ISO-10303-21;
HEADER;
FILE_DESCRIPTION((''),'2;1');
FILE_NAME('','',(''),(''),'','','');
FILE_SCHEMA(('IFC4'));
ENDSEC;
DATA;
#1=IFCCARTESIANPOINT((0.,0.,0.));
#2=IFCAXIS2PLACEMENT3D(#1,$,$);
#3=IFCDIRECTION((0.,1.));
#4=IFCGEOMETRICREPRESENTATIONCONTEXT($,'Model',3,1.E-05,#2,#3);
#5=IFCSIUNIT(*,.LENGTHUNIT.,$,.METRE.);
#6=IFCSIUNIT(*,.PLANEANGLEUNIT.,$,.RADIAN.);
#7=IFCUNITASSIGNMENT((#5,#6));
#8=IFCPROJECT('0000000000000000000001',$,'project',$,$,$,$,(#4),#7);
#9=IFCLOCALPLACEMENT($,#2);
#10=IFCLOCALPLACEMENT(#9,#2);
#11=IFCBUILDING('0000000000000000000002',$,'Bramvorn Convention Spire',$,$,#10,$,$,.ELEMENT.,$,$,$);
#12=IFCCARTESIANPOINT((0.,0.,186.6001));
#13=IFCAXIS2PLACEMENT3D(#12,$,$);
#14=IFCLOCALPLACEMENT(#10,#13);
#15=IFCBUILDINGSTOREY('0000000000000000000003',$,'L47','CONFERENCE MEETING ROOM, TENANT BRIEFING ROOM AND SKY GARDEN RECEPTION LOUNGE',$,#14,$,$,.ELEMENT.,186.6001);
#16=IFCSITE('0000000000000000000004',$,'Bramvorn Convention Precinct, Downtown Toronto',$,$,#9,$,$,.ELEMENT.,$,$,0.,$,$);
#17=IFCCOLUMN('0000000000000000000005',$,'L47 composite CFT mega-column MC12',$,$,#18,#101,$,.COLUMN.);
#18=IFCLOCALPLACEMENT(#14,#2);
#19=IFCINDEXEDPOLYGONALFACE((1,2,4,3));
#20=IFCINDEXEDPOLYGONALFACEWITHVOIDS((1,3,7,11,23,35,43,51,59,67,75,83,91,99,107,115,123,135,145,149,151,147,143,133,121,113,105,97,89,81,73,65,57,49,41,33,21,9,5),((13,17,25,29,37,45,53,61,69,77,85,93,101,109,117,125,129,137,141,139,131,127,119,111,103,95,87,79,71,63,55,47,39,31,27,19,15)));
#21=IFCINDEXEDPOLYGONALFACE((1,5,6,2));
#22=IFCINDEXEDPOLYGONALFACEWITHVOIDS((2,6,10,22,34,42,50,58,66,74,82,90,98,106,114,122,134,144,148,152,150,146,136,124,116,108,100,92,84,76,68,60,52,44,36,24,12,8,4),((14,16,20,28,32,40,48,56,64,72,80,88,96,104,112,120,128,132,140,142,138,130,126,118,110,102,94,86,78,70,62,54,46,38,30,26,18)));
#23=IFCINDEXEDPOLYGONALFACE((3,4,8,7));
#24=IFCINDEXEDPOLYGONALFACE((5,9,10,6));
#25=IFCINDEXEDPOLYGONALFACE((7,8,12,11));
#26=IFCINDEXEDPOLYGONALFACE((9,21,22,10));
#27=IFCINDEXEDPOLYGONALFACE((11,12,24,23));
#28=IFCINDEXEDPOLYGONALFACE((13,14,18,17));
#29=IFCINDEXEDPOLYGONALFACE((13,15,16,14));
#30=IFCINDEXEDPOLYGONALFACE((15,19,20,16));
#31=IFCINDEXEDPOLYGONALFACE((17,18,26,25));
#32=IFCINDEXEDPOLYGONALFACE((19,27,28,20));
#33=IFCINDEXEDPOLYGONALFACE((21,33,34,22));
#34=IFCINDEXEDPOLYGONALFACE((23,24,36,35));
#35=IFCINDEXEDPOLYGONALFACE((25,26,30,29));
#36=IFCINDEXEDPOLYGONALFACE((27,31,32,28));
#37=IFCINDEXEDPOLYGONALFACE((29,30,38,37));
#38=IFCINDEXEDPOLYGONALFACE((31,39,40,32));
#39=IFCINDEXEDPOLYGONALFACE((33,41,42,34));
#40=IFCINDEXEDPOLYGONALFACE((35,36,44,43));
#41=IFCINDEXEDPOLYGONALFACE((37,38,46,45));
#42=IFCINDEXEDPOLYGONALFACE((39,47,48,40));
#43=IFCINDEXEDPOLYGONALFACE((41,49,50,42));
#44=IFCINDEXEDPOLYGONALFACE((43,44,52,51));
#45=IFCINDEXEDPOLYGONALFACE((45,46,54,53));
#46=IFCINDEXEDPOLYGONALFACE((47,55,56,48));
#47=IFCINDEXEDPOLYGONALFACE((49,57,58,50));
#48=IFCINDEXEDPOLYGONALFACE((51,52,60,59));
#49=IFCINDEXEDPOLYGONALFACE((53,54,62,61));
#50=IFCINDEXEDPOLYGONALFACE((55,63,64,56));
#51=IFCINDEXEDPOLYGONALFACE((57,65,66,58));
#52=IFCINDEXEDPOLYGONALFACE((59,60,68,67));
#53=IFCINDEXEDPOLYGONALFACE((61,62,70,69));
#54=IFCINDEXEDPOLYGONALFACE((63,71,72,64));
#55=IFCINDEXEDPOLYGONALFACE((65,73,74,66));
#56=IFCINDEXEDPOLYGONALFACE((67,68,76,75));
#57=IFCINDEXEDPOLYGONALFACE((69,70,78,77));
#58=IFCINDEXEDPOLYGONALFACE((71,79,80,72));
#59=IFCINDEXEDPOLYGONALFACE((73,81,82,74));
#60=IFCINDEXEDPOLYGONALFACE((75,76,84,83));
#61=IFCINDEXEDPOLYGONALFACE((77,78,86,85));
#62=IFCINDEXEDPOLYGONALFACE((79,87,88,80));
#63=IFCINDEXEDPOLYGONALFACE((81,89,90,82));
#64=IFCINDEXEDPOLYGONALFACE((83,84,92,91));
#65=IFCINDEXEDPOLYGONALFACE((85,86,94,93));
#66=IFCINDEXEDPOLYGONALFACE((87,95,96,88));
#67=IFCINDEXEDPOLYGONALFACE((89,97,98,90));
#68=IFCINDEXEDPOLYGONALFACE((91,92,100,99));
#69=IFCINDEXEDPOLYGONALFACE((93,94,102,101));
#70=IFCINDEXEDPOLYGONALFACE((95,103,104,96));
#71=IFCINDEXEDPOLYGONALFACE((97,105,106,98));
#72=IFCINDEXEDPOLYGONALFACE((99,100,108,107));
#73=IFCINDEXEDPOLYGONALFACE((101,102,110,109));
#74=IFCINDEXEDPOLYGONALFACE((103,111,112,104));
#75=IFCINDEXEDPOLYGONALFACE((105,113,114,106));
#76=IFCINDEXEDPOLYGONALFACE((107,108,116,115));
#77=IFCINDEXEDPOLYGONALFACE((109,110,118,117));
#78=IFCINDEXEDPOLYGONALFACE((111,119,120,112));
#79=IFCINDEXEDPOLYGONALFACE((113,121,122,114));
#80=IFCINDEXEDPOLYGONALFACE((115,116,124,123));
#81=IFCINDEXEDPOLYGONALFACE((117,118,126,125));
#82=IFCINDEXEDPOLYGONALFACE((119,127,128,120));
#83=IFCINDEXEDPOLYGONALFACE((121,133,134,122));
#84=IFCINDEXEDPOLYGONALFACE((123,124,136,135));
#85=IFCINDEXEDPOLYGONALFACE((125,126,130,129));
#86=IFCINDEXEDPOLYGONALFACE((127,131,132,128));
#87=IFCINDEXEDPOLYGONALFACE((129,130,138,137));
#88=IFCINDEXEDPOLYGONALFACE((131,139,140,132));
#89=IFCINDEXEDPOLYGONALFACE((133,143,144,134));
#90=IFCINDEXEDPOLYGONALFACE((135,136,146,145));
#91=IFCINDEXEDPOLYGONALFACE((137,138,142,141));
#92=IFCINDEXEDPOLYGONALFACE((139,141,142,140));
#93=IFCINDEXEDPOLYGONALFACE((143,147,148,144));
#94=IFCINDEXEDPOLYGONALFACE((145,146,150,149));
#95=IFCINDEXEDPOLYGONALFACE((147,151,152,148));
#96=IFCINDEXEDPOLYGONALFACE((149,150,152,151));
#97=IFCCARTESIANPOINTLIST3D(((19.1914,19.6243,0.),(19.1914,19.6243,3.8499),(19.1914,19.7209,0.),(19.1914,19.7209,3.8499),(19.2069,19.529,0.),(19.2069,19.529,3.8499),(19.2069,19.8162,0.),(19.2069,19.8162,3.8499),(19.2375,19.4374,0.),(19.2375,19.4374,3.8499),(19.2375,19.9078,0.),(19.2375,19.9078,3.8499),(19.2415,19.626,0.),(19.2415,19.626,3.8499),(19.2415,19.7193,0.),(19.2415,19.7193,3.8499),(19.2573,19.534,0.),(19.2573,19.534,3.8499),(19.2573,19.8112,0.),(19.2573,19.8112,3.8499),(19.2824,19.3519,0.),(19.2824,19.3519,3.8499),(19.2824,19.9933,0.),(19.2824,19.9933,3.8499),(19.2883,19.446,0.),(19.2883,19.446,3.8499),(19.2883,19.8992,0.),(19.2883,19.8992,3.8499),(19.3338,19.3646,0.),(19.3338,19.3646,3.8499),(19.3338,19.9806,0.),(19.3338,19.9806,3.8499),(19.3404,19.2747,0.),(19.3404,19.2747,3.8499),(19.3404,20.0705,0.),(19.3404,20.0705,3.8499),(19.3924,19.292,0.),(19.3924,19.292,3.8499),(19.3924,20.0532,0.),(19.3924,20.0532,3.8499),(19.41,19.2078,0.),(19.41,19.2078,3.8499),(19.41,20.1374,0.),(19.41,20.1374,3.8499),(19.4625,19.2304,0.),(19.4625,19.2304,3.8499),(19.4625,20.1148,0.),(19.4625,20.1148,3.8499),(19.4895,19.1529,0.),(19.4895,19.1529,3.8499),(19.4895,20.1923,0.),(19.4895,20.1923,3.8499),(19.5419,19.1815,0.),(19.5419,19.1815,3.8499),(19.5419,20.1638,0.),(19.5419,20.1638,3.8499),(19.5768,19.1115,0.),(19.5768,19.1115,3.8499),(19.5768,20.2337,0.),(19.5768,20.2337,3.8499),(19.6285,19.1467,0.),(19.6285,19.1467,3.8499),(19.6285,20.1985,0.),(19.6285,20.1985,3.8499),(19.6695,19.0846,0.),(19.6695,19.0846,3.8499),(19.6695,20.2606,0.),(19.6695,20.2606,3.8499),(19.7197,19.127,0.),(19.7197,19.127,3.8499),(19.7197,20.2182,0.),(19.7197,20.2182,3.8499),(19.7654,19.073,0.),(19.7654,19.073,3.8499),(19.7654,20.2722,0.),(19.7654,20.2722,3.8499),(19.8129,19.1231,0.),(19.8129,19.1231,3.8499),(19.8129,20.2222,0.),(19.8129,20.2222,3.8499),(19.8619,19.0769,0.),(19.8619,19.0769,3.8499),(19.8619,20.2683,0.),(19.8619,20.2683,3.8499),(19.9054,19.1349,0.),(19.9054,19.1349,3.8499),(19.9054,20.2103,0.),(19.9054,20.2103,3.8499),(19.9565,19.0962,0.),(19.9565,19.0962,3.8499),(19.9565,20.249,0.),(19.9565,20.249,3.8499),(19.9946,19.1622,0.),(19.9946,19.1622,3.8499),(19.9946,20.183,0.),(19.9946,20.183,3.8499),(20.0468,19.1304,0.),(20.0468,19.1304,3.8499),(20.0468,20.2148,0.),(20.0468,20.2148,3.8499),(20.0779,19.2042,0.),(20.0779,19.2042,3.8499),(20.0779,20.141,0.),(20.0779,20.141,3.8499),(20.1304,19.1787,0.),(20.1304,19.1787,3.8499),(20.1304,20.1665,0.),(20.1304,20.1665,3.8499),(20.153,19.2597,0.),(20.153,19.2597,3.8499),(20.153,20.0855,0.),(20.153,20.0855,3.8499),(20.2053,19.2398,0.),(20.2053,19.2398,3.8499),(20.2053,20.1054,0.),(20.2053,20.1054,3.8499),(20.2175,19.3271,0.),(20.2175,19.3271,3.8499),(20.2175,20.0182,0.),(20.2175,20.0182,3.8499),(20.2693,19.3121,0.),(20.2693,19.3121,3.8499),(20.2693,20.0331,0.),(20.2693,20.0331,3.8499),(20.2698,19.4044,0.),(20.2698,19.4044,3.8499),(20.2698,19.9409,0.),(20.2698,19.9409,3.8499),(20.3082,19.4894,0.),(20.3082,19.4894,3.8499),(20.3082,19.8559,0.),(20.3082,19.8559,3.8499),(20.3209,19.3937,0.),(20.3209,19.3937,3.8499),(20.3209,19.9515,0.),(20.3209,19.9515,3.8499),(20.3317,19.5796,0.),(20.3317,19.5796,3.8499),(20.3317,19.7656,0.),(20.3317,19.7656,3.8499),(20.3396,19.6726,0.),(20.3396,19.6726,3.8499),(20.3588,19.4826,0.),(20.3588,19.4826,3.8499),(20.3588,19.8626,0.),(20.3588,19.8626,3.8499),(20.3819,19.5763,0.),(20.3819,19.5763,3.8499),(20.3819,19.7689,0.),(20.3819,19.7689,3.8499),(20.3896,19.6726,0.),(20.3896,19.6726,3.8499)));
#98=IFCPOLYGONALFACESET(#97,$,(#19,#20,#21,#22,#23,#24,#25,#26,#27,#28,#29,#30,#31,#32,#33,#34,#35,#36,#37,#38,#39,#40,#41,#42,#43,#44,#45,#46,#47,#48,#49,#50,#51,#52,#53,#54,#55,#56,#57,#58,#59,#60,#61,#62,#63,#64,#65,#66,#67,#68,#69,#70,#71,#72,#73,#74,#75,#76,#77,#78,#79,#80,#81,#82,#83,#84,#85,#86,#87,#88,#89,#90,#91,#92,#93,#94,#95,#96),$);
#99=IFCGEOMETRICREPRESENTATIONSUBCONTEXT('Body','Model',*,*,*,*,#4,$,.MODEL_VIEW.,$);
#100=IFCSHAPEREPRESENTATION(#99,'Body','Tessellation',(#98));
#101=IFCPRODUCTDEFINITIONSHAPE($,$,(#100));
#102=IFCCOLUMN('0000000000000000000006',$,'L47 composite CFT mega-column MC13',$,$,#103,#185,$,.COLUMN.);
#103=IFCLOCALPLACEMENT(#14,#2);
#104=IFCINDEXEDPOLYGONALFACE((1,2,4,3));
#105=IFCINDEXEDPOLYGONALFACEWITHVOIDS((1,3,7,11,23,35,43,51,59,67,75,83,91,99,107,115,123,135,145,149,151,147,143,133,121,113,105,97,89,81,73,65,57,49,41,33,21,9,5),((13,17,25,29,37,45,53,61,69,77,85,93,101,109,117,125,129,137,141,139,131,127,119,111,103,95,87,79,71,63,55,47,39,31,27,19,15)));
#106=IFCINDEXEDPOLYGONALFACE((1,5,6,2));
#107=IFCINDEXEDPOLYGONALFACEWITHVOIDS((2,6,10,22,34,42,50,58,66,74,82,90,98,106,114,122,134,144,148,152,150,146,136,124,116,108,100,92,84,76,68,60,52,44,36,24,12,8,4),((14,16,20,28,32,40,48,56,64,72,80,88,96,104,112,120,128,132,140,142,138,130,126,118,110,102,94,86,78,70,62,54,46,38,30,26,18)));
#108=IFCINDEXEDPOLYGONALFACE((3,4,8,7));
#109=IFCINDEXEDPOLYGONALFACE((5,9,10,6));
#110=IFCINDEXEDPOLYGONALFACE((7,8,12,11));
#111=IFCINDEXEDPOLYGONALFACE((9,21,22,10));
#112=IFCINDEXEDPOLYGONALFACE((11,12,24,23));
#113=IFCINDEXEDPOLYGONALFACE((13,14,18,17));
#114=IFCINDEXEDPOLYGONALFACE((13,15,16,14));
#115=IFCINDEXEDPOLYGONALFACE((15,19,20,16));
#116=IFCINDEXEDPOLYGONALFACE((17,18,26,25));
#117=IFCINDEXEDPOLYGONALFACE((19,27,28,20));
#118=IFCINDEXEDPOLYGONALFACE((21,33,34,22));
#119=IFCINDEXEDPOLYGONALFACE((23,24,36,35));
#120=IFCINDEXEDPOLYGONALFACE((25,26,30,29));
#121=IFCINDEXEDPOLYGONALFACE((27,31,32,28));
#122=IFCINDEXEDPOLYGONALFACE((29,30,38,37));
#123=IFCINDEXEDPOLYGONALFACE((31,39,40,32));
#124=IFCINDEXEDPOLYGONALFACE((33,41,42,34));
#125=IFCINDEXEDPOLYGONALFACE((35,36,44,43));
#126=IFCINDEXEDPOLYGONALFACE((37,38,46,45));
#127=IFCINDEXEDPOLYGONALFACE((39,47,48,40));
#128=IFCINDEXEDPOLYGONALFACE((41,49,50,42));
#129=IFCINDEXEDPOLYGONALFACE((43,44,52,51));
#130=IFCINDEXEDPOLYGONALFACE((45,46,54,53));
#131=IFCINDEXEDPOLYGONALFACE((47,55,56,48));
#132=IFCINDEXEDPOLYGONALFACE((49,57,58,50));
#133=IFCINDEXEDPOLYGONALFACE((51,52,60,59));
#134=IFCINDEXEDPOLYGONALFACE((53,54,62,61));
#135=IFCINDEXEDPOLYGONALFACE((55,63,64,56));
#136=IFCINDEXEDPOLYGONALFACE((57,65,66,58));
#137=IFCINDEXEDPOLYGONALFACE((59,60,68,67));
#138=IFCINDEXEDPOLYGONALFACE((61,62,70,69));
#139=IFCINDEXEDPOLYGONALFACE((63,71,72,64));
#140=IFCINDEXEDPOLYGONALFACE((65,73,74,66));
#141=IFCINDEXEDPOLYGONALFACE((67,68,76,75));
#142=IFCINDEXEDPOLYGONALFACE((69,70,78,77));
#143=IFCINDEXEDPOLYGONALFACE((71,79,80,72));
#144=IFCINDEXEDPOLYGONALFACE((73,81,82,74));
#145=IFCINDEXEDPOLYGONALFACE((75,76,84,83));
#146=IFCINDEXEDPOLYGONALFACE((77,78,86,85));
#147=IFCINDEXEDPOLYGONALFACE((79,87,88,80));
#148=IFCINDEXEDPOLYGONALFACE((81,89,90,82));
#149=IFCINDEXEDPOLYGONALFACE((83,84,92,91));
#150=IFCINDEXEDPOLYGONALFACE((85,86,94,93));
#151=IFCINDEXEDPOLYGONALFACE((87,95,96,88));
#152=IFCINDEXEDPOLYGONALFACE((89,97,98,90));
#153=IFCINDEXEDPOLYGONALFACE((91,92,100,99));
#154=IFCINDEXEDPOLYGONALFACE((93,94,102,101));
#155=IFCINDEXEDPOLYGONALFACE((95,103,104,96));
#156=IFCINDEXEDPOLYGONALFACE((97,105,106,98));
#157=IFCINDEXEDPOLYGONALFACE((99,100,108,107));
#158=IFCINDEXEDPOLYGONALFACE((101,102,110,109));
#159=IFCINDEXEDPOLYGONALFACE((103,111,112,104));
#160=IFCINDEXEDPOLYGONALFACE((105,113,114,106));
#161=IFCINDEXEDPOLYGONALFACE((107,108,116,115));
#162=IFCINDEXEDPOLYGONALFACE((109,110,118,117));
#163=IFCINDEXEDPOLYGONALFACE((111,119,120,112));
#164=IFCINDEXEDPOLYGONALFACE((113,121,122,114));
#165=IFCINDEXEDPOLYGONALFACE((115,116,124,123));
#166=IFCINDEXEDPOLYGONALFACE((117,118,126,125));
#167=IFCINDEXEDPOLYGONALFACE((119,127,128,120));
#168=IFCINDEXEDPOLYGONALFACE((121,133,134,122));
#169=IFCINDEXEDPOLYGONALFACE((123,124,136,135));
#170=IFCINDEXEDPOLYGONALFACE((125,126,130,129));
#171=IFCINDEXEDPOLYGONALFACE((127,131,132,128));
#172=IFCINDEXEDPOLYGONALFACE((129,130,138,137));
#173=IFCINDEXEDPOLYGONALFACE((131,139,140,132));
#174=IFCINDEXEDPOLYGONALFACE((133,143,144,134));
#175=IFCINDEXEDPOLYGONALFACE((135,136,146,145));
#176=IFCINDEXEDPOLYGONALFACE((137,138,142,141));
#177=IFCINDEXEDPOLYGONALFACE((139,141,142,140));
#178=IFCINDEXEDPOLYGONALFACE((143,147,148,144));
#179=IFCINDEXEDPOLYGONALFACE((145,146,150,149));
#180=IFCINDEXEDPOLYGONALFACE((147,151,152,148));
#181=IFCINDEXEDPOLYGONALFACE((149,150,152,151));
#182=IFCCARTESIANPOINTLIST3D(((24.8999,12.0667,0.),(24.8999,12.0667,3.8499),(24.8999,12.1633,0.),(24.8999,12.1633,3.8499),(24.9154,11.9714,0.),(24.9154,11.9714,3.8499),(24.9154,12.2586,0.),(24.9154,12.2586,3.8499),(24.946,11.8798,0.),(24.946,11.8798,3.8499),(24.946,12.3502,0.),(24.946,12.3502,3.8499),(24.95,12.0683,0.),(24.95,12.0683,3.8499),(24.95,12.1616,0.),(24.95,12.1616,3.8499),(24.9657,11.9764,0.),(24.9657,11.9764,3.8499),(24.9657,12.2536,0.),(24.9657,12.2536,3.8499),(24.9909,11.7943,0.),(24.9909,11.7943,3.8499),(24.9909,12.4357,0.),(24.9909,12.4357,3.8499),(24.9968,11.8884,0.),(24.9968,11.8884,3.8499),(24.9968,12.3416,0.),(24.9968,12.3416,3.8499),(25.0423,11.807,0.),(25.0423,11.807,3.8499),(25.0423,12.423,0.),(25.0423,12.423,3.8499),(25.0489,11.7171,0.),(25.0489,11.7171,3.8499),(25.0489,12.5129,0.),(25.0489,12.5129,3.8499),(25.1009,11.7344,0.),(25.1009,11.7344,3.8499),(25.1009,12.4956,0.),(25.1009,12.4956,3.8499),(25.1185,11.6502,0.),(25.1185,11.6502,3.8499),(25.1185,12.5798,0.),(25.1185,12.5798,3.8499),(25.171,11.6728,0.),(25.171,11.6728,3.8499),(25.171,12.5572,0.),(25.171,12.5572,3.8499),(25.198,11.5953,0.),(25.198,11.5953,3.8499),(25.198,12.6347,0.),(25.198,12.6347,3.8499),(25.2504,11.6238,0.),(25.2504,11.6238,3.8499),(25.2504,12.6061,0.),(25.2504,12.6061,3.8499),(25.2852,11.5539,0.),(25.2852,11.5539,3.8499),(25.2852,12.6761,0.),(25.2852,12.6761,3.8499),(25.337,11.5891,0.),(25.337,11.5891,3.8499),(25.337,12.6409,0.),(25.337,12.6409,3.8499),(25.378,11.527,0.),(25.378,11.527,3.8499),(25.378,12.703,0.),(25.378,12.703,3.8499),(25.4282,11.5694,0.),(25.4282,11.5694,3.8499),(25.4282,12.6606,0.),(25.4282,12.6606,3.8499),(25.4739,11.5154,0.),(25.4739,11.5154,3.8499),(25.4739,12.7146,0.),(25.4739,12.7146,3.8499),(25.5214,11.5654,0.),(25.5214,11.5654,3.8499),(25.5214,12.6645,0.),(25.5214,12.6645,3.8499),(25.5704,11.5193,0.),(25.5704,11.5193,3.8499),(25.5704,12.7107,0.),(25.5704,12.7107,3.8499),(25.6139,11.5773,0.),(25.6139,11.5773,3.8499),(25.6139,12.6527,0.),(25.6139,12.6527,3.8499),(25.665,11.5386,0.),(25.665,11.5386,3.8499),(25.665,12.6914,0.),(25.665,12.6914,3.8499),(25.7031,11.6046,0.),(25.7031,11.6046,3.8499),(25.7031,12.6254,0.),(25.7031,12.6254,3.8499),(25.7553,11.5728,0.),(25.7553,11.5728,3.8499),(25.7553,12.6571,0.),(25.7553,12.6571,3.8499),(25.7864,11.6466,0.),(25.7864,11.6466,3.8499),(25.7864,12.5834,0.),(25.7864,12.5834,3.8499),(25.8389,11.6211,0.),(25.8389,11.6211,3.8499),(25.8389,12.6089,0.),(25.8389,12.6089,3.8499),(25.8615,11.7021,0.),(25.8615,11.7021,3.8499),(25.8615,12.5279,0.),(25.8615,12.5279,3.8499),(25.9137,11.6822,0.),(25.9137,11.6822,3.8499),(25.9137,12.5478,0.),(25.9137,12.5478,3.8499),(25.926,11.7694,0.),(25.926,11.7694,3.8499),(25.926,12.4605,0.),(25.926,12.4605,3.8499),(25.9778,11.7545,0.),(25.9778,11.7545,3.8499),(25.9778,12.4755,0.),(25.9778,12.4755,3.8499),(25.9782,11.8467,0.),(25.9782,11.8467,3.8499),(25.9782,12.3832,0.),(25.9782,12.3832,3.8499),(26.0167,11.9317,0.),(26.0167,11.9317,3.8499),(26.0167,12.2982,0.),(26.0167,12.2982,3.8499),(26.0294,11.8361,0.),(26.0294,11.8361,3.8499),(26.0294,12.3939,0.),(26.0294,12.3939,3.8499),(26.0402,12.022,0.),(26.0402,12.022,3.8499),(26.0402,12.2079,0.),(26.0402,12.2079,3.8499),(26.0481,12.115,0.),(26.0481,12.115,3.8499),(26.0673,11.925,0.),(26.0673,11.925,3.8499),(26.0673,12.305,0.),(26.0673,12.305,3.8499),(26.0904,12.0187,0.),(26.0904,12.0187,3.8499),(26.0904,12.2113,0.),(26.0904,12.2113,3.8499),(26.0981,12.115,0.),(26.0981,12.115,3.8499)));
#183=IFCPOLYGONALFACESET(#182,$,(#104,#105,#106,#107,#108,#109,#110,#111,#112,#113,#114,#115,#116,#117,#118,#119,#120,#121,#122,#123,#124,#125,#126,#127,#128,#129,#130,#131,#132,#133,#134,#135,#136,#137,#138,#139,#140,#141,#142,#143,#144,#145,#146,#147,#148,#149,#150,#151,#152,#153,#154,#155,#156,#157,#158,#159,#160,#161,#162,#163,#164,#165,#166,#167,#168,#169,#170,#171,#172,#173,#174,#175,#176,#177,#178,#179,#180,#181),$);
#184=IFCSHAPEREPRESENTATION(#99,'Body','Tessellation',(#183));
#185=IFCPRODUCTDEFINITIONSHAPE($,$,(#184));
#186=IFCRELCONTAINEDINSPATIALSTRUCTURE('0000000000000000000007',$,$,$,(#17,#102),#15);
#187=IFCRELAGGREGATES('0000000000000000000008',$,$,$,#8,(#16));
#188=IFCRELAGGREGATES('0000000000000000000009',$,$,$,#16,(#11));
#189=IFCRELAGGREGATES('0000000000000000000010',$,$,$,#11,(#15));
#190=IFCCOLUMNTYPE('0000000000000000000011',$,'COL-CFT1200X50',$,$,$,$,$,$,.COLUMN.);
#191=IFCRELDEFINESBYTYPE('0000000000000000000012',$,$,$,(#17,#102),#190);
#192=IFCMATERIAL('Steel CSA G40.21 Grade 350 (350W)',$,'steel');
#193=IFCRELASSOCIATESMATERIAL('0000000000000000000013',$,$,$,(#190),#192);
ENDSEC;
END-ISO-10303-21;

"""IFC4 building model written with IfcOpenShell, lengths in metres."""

from ifc_helpers import new_model, si_unit, direction, frame, origin, origin_2d, place, context, subcontext, project, spatial, hollow_circle, extrude, material, material_profile, profile_set, type_object, element, save


model = new_model("IFC4")

# Units and contexts
model_context = context("Model", 3, precision=1e-05, world=origin(), true_north=direction((0.0, 1.0)))
body_context = subcontext(model_context, "Body", "Model", "MODEL_VIEW")
ifc_project = project(units=[si_unit("LENGTHUNIT", "METRE"), si_unit("PLANEANGLEUNIT", "RADIAN")], contexts=[model_context])

# Site, building, storey
site_placement = place(None, origin())
site = spatial("IfcSite", under=ifc_project, at=site_placement, Name="Bramvorn Convention Precinct, Downtown Toronto", CompositionType="ELEMENT", RefElevation=0.0)
building_placement = place(site_placement, origin())
building = spatial("IfcBuilding", under=site, at=building_placement, Name="Bramvorn Convention Spire", CompositionType="ELEMENT")
storey_placement = place(building_placement, frame((0.0, 0.0, 186.6001)))
storey = spatial("IfcBuildingStorey", under=building, at=storey_placement, Name="L47", Description="CONFERENCE MEETING ROOM, TENANT BRIEFING ROOM AND SKY GARDEN RECEPTION LOUNGE", CompositionType="ELEMENT", Elevation=186.6001)

# Columns
ifc_material_1 = material(Name="Steel CSA G40.21 Grade 350 (350W)", Category="steel")
ifc_material_profile_1 = material_profile(ifc_material_1, hollow_circle(Radius=0.6001, WallThickness=0.05, at=origin_2d()))
ifc_profile_set_1 = profile_set([ifc_material_profile_1], Name="Steel CSA G40.21 Grade 350 (350W) - CFT1200X50")
column_type = type_object("IfcColumnType", Name="COL-CFT1200X50", PredefinedType="COLUMN", material=ifc_profile_set_1)
for number, where, z_axis, x_axis, name in (
    (1, (19.7896, 19.6726, 0.0), (0.0, 0.0, 1.0), (1.0, 0.0, 0.0), "L47 composite CFT mega-column MC12"),
    (2, (25.498, 12.115, 0.0), (0.0, 0.0, 1.0), (1.0, 0.0, 0.0), "L47 composite CFT mega-column MC13"),
):
    element("IfcColumn", number, at=place(storey_placement, frame(where, z_axis=z_axis, x_axis=x_axis)), inside=storey, type_object=column_type, Name=name, PredefinedType="COLUMN", context=body_context, shape_type="SweptSolid", body=[
        extrude(hollow_circle(Radius=0.6001, WallThickness=0.05, at=origin_2d()), origin(), (0.0, 0.0, 1.0), 3.8499),
    ])

save(model, "model.ifc")
